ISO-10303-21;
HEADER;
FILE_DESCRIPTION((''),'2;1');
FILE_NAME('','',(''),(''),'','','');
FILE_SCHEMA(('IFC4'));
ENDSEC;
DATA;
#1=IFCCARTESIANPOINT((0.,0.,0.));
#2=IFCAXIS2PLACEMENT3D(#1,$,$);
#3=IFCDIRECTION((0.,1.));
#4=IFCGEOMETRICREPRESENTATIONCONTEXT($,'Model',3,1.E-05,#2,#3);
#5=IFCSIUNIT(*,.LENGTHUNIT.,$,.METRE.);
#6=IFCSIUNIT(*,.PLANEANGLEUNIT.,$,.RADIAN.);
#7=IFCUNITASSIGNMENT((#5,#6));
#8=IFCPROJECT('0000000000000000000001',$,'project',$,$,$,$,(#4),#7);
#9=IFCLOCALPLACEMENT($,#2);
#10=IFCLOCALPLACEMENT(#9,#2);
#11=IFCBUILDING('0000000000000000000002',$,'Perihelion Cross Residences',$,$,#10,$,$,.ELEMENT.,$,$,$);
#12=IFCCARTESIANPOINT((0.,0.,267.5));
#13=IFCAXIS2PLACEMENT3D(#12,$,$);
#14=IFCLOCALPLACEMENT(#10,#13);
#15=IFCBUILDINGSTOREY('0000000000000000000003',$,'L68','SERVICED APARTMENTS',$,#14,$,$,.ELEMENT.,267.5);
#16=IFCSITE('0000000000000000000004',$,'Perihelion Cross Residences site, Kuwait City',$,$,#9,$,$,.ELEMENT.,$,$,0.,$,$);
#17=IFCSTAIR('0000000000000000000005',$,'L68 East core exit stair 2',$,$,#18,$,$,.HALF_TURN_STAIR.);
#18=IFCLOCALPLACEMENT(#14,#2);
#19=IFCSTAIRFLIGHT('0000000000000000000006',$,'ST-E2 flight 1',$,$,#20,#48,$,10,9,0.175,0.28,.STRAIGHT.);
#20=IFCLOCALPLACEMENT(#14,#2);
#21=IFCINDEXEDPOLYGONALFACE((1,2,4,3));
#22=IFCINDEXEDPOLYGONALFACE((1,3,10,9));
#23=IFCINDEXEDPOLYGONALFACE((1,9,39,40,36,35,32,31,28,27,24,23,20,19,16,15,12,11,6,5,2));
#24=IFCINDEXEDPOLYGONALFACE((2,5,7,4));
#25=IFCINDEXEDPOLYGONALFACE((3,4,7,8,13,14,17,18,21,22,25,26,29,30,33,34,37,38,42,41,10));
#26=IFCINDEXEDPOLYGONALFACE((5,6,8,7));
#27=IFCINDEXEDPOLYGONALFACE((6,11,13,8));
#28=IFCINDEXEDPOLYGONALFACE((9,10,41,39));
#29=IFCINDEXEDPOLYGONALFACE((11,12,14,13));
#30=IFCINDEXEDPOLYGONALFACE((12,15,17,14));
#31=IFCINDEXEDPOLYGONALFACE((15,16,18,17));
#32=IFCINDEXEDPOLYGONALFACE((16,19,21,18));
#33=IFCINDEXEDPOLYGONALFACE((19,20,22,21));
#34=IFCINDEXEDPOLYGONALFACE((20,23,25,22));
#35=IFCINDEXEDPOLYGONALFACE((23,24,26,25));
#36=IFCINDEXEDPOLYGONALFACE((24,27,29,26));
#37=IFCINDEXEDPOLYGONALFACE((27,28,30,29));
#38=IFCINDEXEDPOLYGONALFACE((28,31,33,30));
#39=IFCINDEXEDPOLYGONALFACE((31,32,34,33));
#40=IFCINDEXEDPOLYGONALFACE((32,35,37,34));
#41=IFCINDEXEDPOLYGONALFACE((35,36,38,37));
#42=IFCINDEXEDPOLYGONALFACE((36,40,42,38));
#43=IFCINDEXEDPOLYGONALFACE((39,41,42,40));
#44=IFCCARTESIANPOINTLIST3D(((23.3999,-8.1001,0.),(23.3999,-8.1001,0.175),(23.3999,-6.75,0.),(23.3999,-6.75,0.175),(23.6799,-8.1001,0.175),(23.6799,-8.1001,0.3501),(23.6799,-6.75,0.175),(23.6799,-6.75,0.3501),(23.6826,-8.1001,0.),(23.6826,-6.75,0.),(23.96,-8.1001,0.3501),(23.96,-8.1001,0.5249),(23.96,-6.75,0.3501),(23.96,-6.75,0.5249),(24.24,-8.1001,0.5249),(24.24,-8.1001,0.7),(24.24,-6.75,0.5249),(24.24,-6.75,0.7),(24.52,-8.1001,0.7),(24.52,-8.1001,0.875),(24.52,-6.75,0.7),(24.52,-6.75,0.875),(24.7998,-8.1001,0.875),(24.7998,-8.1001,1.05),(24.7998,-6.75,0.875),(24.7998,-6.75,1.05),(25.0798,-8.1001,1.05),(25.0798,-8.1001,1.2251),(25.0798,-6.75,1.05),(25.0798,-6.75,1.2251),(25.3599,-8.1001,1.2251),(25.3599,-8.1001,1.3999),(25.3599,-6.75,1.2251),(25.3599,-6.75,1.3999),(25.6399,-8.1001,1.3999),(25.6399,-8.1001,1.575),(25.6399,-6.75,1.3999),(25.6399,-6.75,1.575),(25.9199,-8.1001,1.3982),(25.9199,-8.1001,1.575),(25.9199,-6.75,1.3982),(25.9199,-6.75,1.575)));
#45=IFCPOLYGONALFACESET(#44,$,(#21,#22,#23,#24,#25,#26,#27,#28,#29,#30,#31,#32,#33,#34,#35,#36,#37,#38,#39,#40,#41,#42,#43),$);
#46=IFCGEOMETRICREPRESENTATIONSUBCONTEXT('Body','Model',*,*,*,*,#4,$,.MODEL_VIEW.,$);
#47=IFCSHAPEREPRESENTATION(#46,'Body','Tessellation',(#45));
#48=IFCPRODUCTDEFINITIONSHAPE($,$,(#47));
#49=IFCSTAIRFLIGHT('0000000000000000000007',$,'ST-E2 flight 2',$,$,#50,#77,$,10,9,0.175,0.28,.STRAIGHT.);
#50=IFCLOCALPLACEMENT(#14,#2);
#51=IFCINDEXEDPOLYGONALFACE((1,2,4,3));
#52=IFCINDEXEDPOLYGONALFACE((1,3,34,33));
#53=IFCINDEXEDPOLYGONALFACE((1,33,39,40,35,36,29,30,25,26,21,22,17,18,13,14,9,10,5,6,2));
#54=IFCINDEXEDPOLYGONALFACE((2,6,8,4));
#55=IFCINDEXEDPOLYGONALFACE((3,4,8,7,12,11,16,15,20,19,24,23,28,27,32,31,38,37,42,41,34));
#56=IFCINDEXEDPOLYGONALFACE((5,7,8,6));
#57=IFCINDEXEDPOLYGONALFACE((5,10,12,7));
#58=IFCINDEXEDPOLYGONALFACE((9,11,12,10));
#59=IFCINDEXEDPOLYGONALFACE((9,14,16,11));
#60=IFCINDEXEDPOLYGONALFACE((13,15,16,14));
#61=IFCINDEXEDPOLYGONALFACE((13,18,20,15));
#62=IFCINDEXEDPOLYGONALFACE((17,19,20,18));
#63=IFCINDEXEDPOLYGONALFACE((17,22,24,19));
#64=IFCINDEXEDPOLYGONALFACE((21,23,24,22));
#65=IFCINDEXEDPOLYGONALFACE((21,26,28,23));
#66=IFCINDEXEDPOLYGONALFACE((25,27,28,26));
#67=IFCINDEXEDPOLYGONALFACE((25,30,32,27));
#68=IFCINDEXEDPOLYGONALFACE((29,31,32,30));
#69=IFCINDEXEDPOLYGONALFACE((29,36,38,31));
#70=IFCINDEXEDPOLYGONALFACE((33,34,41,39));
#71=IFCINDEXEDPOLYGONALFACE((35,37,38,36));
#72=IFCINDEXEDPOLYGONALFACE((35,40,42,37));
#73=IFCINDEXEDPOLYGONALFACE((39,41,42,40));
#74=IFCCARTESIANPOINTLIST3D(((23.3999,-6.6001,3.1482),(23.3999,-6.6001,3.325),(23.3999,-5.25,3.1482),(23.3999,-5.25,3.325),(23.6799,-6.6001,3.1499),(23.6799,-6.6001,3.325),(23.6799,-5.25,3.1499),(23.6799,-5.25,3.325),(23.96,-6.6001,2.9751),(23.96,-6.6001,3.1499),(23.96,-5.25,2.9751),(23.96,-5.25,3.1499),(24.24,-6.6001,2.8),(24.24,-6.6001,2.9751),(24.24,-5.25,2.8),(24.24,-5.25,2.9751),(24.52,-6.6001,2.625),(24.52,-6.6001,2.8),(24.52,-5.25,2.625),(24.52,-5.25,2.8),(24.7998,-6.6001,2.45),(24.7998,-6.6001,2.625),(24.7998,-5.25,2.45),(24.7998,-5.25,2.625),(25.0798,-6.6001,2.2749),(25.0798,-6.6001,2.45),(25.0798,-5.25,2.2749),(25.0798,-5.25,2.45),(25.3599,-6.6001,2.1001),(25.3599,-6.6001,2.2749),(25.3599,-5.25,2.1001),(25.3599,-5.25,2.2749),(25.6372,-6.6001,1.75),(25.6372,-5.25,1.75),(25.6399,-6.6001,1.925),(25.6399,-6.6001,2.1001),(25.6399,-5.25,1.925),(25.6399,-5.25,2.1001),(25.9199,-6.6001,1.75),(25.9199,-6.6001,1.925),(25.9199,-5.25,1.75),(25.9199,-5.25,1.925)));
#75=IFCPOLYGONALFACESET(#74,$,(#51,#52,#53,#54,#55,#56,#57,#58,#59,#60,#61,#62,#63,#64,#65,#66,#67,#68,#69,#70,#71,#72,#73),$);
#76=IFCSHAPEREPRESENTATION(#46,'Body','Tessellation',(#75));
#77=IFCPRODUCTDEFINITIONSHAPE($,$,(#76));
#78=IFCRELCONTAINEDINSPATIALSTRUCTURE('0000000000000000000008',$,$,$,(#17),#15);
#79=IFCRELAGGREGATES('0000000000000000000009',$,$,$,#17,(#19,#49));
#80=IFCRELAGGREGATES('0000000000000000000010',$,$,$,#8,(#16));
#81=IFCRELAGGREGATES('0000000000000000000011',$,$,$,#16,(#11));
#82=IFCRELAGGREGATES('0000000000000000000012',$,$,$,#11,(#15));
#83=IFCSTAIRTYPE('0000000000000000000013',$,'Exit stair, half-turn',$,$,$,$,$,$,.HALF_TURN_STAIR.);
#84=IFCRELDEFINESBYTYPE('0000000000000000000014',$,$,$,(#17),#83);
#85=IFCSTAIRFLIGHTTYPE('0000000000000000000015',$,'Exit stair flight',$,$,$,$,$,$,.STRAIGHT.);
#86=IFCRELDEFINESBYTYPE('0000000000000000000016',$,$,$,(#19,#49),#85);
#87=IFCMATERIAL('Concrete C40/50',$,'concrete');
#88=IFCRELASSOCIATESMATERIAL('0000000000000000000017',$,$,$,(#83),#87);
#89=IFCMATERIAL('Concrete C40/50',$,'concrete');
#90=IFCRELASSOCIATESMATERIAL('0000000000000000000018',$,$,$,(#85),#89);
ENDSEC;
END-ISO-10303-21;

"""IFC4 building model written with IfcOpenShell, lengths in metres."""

from ifc_helpers import new_model, si_unit, direction, frame, origin, place, context, subcontext, project, spatial, polyline, outline, extrude, material, type_object, element, aggregate, save


model = new_model("IFC4")

# Units and contexts
model_context = context("Model", 3, precision=1e-05, world=origin(), true_north=direction((0.0, 1.0)))
body_context = subcontext(model_context, "Body", "Model", "MODEL_VIEW")
ifc_project = project(units=[si_unit("LENGTHUNIT", "METRE"), si_unit("PLANEANGLEUNIT", "RADIAN")], contexts=[model_context])

# Site, building, storey
site_placement = place(None, origin())
site = spatial("IfcSite", under=ifc_project, at=site_placement, Name="Perihelion Cross Residences site, Kuwait City", CompositionType="ELEMENT", RefElevation=0.0)
building_placement = place(site_placement, origin())
building = spatial("IfcBuilding", under=site, at=building_placement, Name="Perihelion Cross Residences", CompositionType="ELEMENT")
storey_placement = place(building_placement, frame((0.0, 0.0, 267.5)))
storey = spatial("IfcBuildingStorey", under=building, at=storey_placement, Name="L68", Description="SERVICED APARTMENTS", CompositionType="ELEMENT", Elevation=267.5)

# Stair, stair flights
ifc_material_1 = material(Name="Concrete C40/50", Category="concrete")
stair_type = type_object("IfcStairType", Name="Exit stair, half-turn", PredefinedType="HALF_TURN_STAIR", material=ifc_material_1)
stair_placement = place(storey_placement, origin())
stair = element("IfcStair", 1, at=stair_placement, inside=storey, type_object=stair_type, Name="L68 East core exit stair 2", PredefinedType="HALF_TURN_STAIR")
ifc_material_2 = material(Name="Concrete C40/50", Category="concrete")
stair_flight_type = type_object("IfcStairFlightType", Name="Exit stair flight", PredefinedType="STRAIGHT", material=ifc_material_2)
stair_flight_1_placement = place(storey_placement, frame((23.3999, -7.425, 0.0), z_axis=(0.0, 0.0, 1.0), x_axis=(1.0, 0.0, 0.0)))
stair_flight_1 = element("IfcStairFlight", 2, at=stair_flight_1_placement, type_object=stair_flight_type, Name="ST-E2 flight 1", NumberOfRisers=10, NumberOfTreads=9, PredefinedType="STRAIGHT", RiserHeight=0.175, TreadLength=0.28, context=body_context, shape_type="SweptSolid", body=[
    extrude(outline(polyline([(0.0, 0.0), (0.0, 0.175), (0.28, 0.175), (0.28, 0.3501), (0.5601, 0.3501), (0.5601, 0.5249), (0.8401, 0.5249), (0.8401, 0.7), (1.1201, 0.7), (1.1201, 0.875), (1.3999, 0.875), (1.3999, 1.05), (1.6799, 1.05), (1.6799, 1.2251), (1.96, 1.2251), (1.96, 1.3999), (2.24, 1.3999), (2.24, 1.575), (2.52, 1.575), (2.52, 1.75), (2.52, 1.3982), (0.2827, 0.0), (0.0, 0.0)])), frame((0.0, 0.675, 0.0), z_axis=(0.0, -1.0, 0.0), x_axis=(1.0, 0.0, 0.0)), (0.0, 0.0, 1.0), 1.3501),
])
stair_flight_2_placement = place(storey_placement, frame((25.9199, -5.925, 1.75), z_axis=(0.0, 0.0, 1.0), x_axis=(-1.0, 0.0, 0.0)))
stair_flight_2 = element("IfcStairFlight", 3, at=stair_flight_2_placement, type_object=stair_flight_type, Name="ST-E2 flight 2", NumberOfRisers=10, NumberOfTreads=9, PredefinedType="STRAIGHT", RiserHeight=0.175, TreadLength=0.28, context=body_context, shape_type="SweptSolid", body=[
    extrude(outline(polyline([(0.0, 0.0), (0.0, 0.175), (0.28, 0.175), (0.28, 0.3501), (0.5601, 0.3501), (0.5601, 0.5249), (0.8401, 0.5249), (0.8401, 0.7), (1.1201, 0.7), (1.1201, 0.875), (1.3999, 0.875), (1.3999, 1.05), (1.6799, 1.05), (1.6799, 1.2251), (1.96, 1.2251), (1.96, 1.3999), (2.24, 1.3999), (2.24, 1.575), (2.52, 1.575), (2.52, 1.75), (2.52, 1.3982), (0.2827, 0.0), (0.0, 0.0)])), frame((0.0, 0.675, 0.0), z_axis=(0.0, -1.0, 0.0), x_axis=(1.0, 0.0, 0.0)), (0.0, 0.0, 1.0), 1.3501),
])
aggregate(stair, [stair_flight_1, stair_flight_2])

save(model, "model.ifc")
